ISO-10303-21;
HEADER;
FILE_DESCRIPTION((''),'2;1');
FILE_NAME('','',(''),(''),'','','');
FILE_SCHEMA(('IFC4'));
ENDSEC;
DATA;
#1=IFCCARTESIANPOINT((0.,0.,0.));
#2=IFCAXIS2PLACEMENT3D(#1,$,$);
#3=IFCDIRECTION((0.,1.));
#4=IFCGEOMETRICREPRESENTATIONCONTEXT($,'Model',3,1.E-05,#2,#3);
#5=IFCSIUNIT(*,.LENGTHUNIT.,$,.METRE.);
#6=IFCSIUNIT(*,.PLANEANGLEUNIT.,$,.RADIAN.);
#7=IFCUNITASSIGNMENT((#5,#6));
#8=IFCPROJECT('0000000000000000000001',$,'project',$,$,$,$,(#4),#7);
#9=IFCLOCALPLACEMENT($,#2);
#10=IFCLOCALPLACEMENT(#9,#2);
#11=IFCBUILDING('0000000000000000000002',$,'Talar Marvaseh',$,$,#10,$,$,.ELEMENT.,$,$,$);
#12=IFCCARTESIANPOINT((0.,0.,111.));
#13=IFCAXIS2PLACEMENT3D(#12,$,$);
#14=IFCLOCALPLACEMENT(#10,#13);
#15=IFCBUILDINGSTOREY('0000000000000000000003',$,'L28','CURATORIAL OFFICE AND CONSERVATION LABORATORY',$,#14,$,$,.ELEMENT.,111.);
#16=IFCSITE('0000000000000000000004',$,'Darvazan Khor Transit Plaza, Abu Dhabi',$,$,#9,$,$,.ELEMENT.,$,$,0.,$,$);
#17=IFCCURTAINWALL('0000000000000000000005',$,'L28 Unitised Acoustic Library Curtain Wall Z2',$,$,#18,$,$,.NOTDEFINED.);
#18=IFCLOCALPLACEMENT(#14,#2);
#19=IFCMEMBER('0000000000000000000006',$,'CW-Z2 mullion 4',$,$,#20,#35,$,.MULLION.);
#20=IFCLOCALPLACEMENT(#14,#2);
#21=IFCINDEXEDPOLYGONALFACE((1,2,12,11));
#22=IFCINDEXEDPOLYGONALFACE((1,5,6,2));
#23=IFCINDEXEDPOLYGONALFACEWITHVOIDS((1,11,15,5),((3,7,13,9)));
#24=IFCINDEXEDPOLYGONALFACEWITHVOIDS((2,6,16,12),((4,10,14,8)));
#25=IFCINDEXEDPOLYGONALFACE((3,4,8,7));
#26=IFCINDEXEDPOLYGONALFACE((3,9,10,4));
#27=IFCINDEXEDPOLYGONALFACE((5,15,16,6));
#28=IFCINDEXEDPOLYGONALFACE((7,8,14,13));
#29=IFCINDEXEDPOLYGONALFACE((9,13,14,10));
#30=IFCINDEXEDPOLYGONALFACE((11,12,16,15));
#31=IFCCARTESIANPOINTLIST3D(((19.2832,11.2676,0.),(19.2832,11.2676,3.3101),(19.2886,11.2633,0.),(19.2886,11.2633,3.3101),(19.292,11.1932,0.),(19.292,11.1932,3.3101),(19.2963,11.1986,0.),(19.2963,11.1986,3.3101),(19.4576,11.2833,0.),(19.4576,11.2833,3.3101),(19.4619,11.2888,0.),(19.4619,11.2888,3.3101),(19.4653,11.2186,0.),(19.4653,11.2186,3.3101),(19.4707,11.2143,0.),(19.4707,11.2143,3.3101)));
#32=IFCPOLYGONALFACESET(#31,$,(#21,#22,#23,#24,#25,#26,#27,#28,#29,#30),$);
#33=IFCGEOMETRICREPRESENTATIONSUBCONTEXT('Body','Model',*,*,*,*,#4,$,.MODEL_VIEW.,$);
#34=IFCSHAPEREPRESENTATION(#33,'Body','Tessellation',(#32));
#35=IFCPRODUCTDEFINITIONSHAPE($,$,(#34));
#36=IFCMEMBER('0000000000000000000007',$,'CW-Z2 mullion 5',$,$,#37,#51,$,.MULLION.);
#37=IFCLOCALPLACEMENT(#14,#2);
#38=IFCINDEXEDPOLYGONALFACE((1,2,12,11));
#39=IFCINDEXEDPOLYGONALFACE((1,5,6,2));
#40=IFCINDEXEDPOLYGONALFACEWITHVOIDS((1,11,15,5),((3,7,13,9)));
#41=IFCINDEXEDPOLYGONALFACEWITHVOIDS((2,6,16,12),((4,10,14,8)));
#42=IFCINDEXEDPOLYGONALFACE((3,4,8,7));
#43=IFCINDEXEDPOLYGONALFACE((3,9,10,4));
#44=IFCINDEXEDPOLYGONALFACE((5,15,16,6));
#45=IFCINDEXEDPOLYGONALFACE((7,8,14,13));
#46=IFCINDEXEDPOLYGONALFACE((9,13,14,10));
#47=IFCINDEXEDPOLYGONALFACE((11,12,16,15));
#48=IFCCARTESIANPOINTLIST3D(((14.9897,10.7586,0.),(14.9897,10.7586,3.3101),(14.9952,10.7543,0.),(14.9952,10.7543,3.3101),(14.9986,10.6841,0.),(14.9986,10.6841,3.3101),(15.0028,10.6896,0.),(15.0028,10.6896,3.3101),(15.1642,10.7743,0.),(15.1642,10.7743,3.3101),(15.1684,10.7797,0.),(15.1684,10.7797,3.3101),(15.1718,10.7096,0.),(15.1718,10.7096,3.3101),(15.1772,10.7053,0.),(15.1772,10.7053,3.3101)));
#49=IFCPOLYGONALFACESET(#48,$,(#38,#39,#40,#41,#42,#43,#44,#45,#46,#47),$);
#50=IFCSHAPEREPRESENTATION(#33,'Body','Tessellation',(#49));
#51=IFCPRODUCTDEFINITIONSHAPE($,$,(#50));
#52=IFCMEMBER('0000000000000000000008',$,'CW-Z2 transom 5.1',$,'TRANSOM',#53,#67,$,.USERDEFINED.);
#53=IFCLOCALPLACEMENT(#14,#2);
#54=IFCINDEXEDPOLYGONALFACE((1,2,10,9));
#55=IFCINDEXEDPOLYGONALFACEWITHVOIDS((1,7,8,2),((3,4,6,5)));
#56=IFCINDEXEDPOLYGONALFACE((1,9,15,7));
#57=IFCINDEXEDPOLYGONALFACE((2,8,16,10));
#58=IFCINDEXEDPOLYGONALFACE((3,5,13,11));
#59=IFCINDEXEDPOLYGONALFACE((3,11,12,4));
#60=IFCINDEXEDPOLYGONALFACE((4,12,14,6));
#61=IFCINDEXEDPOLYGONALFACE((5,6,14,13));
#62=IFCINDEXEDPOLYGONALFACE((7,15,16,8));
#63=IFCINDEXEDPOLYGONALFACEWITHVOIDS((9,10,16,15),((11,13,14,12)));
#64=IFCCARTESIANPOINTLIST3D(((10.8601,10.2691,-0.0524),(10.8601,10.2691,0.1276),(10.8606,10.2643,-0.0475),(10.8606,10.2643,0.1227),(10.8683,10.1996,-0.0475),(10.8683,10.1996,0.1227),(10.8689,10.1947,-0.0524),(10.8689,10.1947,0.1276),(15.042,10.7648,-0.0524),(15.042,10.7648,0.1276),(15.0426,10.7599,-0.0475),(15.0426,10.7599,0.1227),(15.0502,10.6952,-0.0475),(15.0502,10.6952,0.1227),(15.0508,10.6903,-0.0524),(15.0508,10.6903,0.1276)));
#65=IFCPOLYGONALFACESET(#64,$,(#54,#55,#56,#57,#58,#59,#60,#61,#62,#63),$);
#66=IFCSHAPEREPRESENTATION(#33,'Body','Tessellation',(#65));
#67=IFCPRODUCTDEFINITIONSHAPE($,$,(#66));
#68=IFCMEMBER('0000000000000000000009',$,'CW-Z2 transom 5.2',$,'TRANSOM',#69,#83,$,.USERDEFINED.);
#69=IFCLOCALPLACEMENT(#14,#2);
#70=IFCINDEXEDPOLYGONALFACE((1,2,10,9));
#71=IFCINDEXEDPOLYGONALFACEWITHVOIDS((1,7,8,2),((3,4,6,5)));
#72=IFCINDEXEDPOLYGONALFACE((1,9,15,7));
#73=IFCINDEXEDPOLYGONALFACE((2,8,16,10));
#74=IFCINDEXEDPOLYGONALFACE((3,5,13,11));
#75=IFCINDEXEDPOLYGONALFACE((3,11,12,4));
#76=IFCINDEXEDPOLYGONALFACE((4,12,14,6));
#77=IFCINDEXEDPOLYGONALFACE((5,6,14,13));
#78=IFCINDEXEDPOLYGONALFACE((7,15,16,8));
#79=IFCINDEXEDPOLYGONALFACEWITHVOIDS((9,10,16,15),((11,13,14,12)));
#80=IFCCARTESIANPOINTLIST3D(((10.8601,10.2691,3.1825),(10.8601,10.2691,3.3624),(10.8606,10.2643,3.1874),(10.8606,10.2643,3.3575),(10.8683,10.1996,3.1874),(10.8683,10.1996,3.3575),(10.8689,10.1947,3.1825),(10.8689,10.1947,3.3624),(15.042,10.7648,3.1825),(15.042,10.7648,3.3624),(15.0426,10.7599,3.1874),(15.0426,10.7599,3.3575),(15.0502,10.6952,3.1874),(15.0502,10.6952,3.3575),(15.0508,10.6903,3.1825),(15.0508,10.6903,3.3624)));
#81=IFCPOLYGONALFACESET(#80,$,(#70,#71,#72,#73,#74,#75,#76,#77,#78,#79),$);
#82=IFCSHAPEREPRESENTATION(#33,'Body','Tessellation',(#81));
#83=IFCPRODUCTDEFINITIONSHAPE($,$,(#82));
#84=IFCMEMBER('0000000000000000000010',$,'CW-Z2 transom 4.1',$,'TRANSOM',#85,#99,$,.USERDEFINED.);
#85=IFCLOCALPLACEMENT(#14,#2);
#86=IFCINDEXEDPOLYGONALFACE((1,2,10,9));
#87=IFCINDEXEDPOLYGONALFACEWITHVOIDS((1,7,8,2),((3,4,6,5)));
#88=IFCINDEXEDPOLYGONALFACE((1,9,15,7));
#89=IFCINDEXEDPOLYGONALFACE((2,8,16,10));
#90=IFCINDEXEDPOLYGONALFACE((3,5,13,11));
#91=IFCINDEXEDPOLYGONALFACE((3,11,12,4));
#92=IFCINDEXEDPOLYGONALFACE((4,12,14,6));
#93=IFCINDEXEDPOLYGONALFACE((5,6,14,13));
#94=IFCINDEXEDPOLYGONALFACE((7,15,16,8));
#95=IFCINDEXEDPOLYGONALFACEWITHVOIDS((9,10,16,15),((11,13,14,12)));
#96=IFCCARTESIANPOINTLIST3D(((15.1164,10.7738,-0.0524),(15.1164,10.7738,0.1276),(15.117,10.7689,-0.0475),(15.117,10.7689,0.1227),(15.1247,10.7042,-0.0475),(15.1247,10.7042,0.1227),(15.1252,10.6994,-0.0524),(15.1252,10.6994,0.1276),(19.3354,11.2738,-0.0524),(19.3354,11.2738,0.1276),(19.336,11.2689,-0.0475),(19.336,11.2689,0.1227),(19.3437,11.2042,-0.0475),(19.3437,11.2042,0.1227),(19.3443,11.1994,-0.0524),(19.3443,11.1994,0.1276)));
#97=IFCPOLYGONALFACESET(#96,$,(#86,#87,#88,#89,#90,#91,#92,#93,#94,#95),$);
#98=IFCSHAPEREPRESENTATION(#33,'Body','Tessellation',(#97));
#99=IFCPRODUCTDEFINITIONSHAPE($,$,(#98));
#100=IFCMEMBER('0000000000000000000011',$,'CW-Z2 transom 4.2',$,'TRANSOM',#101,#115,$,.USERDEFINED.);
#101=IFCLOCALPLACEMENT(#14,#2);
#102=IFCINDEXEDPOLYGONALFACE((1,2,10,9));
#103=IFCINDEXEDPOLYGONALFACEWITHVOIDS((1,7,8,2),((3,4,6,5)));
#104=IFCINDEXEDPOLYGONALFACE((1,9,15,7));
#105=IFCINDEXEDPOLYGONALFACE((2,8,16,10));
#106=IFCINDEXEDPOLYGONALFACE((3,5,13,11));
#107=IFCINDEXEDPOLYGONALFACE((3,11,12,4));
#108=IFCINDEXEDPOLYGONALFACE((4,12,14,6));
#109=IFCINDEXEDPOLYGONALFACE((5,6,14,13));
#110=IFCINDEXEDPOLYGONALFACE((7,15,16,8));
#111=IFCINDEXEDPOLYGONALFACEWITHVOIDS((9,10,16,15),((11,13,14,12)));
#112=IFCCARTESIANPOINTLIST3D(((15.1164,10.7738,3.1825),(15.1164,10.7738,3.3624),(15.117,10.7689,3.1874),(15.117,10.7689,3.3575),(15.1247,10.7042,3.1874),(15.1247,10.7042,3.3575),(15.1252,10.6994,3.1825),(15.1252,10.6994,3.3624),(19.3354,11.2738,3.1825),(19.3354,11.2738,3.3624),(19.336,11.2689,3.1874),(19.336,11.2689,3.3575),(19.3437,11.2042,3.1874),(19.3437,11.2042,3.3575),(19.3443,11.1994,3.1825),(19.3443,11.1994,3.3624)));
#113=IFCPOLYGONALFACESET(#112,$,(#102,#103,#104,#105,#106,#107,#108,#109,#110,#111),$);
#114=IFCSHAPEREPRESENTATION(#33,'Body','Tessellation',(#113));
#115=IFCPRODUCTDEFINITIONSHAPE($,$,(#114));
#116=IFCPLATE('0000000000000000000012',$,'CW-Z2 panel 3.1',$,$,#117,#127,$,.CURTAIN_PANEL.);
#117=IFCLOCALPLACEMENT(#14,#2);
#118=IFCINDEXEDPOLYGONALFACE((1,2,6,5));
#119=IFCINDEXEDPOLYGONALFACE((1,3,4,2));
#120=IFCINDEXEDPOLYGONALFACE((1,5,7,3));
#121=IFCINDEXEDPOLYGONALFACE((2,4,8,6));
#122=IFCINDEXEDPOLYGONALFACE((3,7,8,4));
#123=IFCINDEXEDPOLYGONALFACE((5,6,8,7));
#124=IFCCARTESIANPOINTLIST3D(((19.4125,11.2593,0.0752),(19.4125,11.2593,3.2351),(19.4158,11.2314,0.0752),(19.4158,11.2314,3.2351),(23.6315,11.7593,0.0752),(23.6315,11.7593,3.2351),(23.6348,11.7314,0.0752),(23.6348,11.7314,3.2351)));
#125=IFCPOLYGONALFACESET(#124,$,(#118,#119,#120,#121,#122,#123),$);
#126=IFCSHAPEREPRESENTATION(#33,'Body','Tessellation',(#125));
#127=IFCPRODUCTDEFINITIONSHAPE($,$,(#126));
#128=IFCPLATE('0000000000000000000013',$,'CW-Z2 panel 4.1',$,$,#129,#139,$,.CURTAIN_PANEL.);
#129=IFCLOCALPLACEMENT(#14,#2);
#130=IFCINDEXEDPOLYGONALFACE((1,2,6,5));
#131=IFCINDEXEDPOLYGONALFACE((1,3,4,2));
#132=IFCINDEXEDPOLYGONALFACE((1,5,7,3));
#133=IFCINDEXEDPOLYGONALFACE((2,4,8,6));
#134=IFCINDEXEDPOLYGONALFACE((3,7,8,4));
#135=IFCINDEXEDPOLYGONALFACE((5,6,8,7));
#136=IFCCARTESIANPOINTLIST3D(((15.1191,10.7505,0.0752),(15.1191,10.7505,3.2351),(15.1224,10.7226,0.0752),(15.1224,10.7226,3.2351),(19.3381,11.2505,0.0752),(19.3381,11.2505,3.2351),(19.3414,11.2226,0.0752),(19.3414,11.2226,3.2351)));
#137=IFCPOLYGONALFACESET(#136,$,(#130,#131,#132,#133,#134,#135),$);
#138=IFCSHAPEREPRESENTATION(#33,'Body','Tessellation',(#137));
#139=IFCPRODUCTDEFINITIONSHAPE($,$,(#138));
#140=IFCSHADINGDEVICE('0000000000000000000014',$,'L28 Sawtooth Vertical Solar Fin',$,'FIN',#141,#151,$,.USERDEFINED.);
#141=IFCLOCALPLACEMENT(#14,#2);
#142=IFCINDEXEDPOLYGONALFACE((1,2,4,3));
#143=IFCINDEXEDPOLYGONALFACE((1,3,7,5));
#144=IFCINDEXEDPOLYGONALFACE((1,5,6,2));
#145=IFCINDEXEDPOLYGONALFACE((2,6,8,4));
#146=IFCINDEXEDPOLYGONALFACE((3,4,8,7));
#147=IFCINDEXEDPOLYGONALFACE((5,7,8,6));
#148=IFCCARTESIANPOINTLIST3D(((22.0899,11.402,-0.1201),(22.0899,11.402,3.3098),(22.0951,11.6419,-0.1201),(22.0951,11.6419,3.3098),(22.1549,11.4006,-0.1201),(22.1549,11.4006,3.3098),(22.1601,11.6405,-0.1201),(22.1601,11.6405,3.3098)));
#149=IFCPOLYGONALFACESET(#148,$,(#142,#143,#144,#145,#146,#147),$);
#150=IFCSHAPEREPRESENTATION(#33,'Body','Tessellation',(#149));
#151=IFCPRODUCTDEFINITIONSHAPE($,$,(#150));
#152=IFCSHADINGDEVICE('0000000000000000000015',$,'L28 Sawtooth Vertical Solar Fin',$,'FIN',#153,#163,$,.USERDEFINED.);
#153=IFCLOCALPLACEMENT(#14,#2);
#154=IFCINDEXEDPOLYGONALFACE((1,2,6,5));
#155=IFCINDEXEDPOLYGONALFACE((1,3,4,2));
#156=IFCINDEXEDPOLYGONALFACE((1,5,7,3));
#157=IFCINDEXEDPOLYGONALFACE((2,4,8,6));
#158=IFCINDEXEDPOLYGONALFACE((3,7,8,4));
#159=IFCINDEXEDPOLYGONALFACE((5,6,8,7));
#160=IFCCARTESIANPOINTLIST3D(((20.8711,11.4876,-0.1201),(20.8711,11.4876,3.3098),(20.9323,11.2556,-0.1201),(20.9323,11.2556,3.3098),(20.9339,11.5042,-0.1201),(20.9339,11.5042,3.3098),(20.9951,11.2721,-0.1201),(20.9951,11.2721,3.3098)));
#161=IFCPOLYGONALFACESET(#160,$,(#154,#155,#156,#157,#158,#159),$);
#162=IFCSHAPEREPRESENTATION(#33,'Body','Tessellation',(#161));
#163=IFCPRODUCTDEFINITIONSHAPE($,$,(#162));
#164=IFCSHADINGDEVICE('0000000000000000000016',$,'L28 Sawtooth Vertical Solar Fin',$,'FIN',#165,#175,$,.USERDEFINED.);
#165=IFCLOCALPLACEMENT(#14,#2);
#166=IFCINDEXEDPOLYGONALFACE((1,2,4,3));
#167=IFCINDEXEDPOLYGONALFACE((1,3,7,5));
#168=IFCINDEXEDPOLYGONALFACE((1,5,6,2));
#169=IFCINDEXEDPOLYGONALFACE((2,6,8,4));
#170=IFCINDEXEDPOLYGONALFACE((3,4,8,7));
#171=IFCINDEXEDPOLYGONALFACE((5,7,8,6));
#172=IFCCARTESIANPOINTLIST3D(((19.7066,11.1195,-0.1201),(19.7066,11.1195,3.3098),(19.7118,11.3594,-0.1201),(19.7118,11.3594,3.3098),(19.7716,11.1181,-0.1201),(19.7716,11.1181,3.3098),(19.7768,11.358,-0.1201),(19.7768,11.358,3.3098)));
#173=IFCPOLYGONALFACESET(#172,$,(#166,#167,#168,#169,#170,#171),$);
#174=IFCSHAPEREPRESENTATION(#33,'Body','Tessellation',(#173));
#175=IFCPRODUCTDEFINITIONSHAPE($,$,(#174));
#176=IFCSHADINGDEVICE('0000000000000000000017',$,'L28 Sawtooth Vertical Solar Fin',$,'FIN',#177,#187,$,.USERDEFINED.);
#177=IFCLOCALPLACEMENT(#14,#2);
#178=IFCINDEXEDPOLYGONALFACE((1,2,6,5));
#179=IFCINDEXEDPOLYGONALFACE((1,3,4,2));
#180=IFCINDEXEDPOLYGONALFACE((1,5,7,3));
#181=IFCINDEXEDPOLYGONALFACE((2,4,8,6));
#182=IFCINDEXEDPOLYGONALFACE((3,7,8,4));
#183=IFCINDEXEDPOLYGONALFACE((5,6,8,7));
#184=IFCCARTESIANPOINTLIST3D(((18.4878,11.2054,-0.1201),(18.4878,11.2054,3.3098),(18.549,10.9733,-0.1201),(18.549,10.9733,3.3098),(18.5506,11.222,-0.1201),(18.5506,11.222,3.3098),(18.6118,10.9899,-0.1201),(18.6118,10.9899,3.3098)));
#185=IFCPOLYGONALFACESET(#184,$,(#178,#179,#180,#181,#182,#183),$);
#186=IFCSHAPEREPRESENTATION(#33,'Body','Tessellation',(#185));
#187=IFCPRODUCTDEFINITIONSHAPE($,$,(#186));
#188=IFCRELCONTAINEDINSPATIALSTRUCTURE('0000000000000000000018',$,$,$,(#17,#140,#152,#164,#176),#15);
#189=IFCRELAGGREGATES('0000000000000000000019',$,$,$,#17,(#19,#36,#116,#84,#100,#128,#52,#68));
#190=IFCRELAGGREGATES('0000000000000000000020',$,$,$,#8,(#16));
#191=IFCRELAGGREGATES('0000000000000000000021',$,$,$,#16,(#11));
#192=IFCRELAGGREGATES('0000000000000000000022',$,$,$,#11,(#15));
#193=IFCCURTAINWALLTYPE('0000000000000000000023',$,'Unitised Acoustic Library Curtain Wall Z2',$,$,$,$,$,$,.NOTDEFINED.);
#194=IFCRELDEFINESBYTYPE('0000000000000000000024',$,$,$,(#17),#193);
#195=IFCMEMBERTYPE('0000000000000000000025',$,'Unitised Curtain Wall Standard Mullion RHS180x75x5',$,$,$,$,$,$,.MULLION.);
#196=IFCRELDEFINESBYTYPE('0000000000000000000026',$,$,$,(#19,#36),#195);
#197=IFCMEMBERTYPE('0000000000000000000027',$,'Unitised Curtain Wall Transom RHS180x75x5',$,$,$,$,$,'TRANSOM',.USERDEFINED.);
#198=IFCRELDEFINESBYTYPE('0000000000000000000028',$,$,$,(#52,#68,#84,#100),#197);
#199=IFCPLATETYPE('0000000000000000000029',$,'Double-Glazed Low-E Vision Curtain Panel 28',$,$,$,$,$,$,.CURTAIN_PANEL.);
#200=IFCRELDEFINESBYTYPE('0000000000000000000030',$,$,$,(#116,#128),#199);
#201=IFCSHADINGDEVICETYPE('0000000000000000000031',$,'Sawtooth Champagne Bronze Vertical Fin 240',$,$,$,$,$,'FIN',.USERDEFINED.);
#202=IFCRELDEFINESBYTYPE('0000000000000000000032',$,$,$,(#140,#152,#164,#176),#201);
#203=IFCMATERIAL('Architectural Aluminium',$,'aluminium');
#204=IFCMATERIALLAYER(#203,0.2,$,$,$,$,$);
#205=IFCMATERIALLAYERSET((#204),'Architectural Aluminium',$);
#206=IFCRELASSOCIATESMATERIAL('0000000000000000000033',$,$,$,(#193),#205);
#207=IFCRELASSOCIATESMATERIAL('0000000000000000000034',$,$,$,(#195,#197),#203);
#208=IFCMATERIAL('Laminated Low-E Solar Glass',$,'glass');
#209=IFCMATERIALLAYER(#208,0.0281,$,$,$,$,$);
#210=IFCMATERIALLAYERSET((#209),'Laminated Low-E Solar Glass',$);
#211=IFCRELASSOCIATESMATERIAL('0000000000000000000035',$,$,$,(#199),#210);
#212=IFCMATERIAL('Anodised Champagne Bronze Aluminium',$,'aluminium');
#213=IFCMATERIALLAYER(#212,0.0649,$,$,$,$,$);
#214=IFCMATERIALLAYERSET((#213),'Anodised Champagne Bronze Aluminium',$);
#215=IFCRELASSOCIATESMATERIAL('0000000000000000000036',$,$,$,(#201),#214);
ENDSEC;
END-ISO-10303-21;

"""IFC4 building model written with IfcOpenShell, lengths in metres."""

from ifc_helpers import new_model, si_unit, direction, frame, origin, origin_2d, place, context, subcontext, project, spatial, rectangle, hollow_rectangle, extrude, source, transform, mapped, material, layer, layer_set, material_profile, profile_set, type_object, type_shapes, element, aggregate, save


model = new_model("IFC4")

# Units and contexts
model_context = context("Model", 3, precision=1e-05, world=origin(), true_north=direction((0.0, 1.0)))
body_context = subcontext(model_context, "Body", "Model", "MODEL_VIEW")
ifc_project = project(units=[si_unit("LENGTHUNIT", "METRE"), si_unit("PLANEANGLEUNIT", "RADIAN")], contexts=[model_context])

# Site, building, storey
site_placement = place(None, origin())
site = spatial("IfcSite", under=ifc_project, at=site_placement, Name="Darvazan Khor Transit Plaza, Abu Dhabi", CompositionType="ELEMENT", RefElevation=0.0)
building_placement = place(site_placement, origin())
building = spatial("IfcBuilding", under=site, at=building_placement, Name="Talar Marvaseh", CompositionType="ELEMENT")
storey_placement = place(building_placement, frame((0.0, 0.0, 111.0)))
storey = spatial("IfcBuildingStorey", under=building, at=storey_placement, Name="L28", Description="CURATORIAL OFFICE AND CONSERVATION LABORATORY", CompositionType="ELEMENT", Elevation=111.0)

# Curtain wall, members, plates
ifc_material_1 = material(Name="Architectural Aluminium", Category="aluminium")
ifc_layer_1 = layer(ifc_material_1, 0.2)
ifc_layer_set_1 = layer_set([ifc_layer_1], Name="Architectural Aluminium")
curtain_wall_type = type_object("IfcCurtainWallType", Name="Unitised Acoustic Library Curtain Wall Z2", PredefinedType="NOTDEFINED", material=ifc_layer_set_1)
curtain_wall_placement = place(storey_placement, origin())
curtain_wall = element("IfcCurtainWall", 1, at=curtain_wall_placement, inside=storey, type_object=curtain_wall_type, Name="L28 Unitised Acoustic Library Curtain Wall Z2", PredefinedType="NOTDEFINED")
ifc_material_profile_1 = material_profile(ifc_material_1, hollow_rectangle(XDim=0.075, YDim=0.1799, WallThickness=0.0049, at=origin_2d()), Name="RHS180x75x5")
ifc_profile_set_1 = profile_set([ifc_material_profile_1], Name="Architectural Aluminium")
member_type_1 = type_object("IfcMemberType", Name="Unitised Curtain Wall Standard Mullion RHS180x75x5", PredefinedType="MULLION", material=ifc_profile_set_1)
shared_shape_1 = source(origin(), body_context, "Body", "SweptSolid", [
    extrude(hollow_rectangle(XDim=0.075, YDim=0.1799, WallThickness=0.0049, at=origin_2d()), origin(), (0.0, 0.0, 1.0), 3.3101),
])
type_shapes(member_type_1, [shared_shape_1])
member_1_placement = place(storey_placement, frame((19.377, 11.241, 0.0), z_axis=(0.0, 0.0, 1.0), x_axis=(0.117691, -0.99305, 0.0)))
member_1 = element("IfcMember", 2, at=member_1_placement, type_object=member_type_1, Name="CW-Z2 mullion 4", PredefinedType="MULLION", context=body_context, shape_type="MappedRepresentation", body=[
    mapped(shared_shape_1, transform((0.0, 0.0, 0.0), x_axis=(1.0, 0.0, 0.0), y_axis=(0.0, 1.0, 0.0), z_axis=(0.0, 0.0, 1.0), scale=1.0)),
])
member_2_placement = place(storey_placement, frame((15.0835, 10.7319, 0.0), z_axis=(0.0, 0.0, 1.0), x_axis=(0.117691, -0.99305, 0.0)))
member_2 = element("IfcMember", 3, at=member_2_placement, type_object=member_type_1, Name="CW-Z2 mullion 5", PredefinedType="MULLION", context=body_context, shape_type="MappedRepresentation", body=[
    mapped(shared_shape_1, transform((0.0, 0.0, 0.0), x_axis=(1.0, 0.0, 0.0), y_axis=(0.0, 1.0, 0.0), z_axis=(0.0, 0.0, 1.0), scale=1.0)),
])
ifc_material_profile_2 = material_profile(ifc_material_1, hollow_rectangle(XDim=0.075, YDim=0.1799, WallThickness=0.0049, at=origin_2d()), Name="RHS180x75x5")
ifc_profile_set_2 = profile_set([ifc_material_profile_2], Name="Architectural Aluminium")
member_type_2 = type_object("IfcMemberType", Name="Unitised Curtain Wall Transom RHS180x75x5", ElementType="TRANSOM", PredefinedType="USERDEFINED", material=ifc_profile_set_2)
shared_shape_2 = source(origin(), body_context, "Body", "SweptSolid", [
    extrude(hollow_rectangle(XDim=0.075, YDim=0.1799, WallThickness=0.0049, at=origin_2d()), origin(), (0.0, 0.0, 1.0), 4.2112),
])
member_3_placement = place(storey_placement, frame((15.0464, 10.7275, 0.0376), z_axis=(-0.993051, -0.117689, 0.0), x_axis=(0.117689, -0.993051, 0.0)))
member_3 = element("IfcMember", 4, at=member_3_placement, type_object=member_type_2, Name="CW-Z2 transom 5.1", ObjectType="TRANSOM", PredefinedType="USERDEFINED", context=body_context, shape_type="MappedRepresentation", body=[
    mapped(shared_shape_2, transform((0.0, 0.0, 0.0), x_axis=(1.0, 0.0, 0.0), y_axis=(0.0, 1.0, 0.0), z_axis=(0.0, 0.0, 1.0), scale=1.0)),
])
member_4_placement = place(storey_placement, frame((15.0464, 10.7275, 3.2725), z_axis=(-0.993051, -0.117689, 0.0), x_axis=(0.117689, -0.993051, 0.0)))
member_4 = element("IfcMember", 5, at=member_4_placement, type_object=member_type_2, Name="CW-Z2 transom 5.2", ObjectType="TRANSOM", PredefinedType="USERDEFINED", context=body_context, shape_type="MappedRepresentation", body=[
    mapped(shared_shape_2, transform((0.0, 0.0, 0.0), x_axis=(1.0, 0.0, 0.0), y_axis=(0.0, 1.0, 0.0), z_axis=(0.0, 0.0, 1.0), scale=1.0)),
])
shared_shape_3 = source(origin(), body_context, "Body", "SweptSolid", [
    extrude(hollow_rectangle(XDim=0.075, YDim=0.1799, WallThickness=0.0049, at=origin_2d()), origin(), (0.0, 0.0, 1.0), 4.2485),
])
type_shapes(member_type_2, [shared_shape_2, shared_shape_3])
member_5_placement = place(storey_placement, frame((19.3398, 11.2366, 0.0376), z_axis=(-0.993051, -0.117688, 0.0), x_axis=(0.117688, -0.993051, 0.0)))
member_5 = element("IfcMember", 6, at=member_5_placement, type_object=member_type_2, Name="CW-Z2 transom 4.1", ObjectType="TRANSOM", PredefinedType="USERDEFINED", context=body_context, shape_type="MappedRepresentation", body=[
    mapped(shared_shape_3, transform((0.0, 0.0, 0.0), x_axis=(1.0, 0.0, 0.0), y_axis=(0.0, 1.0, 0.0), z_axis=(0.0, 0.0, 1.0), scale=1.0)),
])
member_6_placement = place(storey_placement, frame((19.3398, 11.2366, 3.2725), z_axis=(-0.993051, -0.117688, 0.0), x_axis=(0.117688, -0.993051, 0.0)))
member_6 = element("IfcMember", 7, at=member_6_placement, type_object=member_type_2, Name="CW-Z2 transom 4.2", ObjectType="TRANSOM", PredefinedType="USERDEFINED", context=body_context, shape_type="MappedRepresentation", body=[
    mapped(shared_shape_3, transform((0.0, 0.0, 0.0), x_axis=(1.0, 0.0, 0.0), y_axis=(0.0, 1.0, 0.0), z_axis=(0.0, 0.0, 1.0), scale=1.0)),
])
ifc_material_2 = material(Name="Laminated Low-E Solar Glass", Category="glass")
ifc_layer_2 = layer(ifc_material_2, 0.0281)
ifc_layer_set_2 = layer_set([ifc_layer_2], Name="Laminated Low-E Solar Glass")
plate_type = type_object("IfcPlateType", Name="Double-Glazed Low-E Vision Curtain Panel 28", PredefinedType="CURTAIN_PANEL", material=ifc_layer_set_2)
shared_shape_4 = source(origin(), body_context, "Body", "SweptSolid", [
    extrude(rectangle(XDim=4.2485, YDim=0.0281, at=origin_2d()), origin(), (0.0, 0.0, 1.0), 3.1599),
])
type_shapes(plate_type, [shared_shape_4])
plate_1_placement = place(storey_placement, frame((21.5237, 11.4954, 0.0752), z_axis=(0.0, 0.0, 1.0), x_axis=(-0.99305, -0.117691, 0.0)))
plate_1 = element("IfcPlate", 8, at=plate_1_placement, type_object=plate_type, Name="CW-Z2 panel 3.1", PredefinedType="CURTAIN_PANEL", context=body_context, shape_type="MappedRepresentation", body=[
    mapped(shared_shape_4, transform((0.0, 0.0, 0.0), x_axis=(1.0, 0.0, 0.0), y_axis=(0.0, 1.0, 0.0), z_axis=(0.0, 0.0, 1.0), scale=1.0)),
])
plate_2_placement = place(storey_placement, frame((17.2302, 10.9866, 0.0752), z_axis=(0.0, 0.0, 1.0), x_axis=(-0.99305, -0.117691, 0.0)))
plate_2 = element("IfcPlate", 9, at=plate_2_placement, type_object=plate_type, Name="CW-Z2 panel 4.1", PredefinedType="CURTAIN_PANEL", context=body_context, shape_type="MappedRepresentation", body=[
    mapped(shared_shape_4, transform((0.0, 0.0, 0.0), x_axis=(1.0, 0.0, 0.0), y_axis=(0.0, 1.0, 0.0), z_axis=(0.0, 0.0, 1.0), scale=1.0)),
])
aggregate(curtain_wall, [member_1, member_2, plate_1, member_5, member_6, plate_2, member_3, member_4])

# Shading devices
ifc_material_3 = material(Name="Anodised Champagne Bronze Aluminium", Category="aluminium")
ifc_layer_3 = layer(ifc_material_3, 0.0649)
ifc_layer_set_3 = layer_set([ifc_layer_3], Name="Anodised Champagne Bronze Aluminium")
shading_device_type = type_object("IfcShadingDeviceType", Name="Sawtooth Champagne Bronze Vertical Fin 240", ElementType="FIN", PredefinedType="USERDEFINED", material=ifc_layer_set_3)
shared_shape_5 = source(origin(), body_context, "Body", "SweptSolid", [
    extrude(rectangle(XDim=0.24, YDim=0.0649, at=origin_2d()), origin(), (0.0, 0.0, 1.0), 3.4299),
])
type_shapes(shading_device_type, [shared_shape_5])
for number, where, z_axis, x_axis, name in (
    (10, (22.125, 11.5212, -0.1201), (0.0, 0.0, 1.0), (-0.02164, -0.999766, 0.0), "L28 Sawtooth Vertical Solar Fin"),
    (11, (20.9331, 11.3799, -0.1201), (0.0, 0.0, 1.0), (0.254771, -0.967001, 0.0), "L28 Sawtooth Vertical Solar Fin"),
    (12, (19.7417, 11.2388, -0.1201), (0.0, 0.0, 1.0), (-0.02164, -0.999766, 0.0), "L28 Sawtooth Vertical Solar Fin"),
    (13, (18.5498, 11.0977, -0.1201), (0.0, 0.0, 1.0), (0.254771, -0.967001, 0.0), "L28 Sawtooth Vertical Solar Fin"),
):
    element("IfcShadingDevice", number, at=place(storey_placement, frame(where, z_axis=z_axis, x_axis=x_axis)), inside=storey, type_object=shading_device_type, Name=name, ObjectType="FIN", PredefinedType="USERDEFINED", context=body_context, shape_type="MappedRepresentation", body=[
        mapped(shared_shape_5, transform((0.0, 0.0, 0.0), x_axis=(1.0, 0.0, 0.0), y_axis=(0.0, 1.0, 0.0), z_axis=(0.0, 0.0, 1.0), scale=1.0)),
    ])

save(model, "model.ifc")
